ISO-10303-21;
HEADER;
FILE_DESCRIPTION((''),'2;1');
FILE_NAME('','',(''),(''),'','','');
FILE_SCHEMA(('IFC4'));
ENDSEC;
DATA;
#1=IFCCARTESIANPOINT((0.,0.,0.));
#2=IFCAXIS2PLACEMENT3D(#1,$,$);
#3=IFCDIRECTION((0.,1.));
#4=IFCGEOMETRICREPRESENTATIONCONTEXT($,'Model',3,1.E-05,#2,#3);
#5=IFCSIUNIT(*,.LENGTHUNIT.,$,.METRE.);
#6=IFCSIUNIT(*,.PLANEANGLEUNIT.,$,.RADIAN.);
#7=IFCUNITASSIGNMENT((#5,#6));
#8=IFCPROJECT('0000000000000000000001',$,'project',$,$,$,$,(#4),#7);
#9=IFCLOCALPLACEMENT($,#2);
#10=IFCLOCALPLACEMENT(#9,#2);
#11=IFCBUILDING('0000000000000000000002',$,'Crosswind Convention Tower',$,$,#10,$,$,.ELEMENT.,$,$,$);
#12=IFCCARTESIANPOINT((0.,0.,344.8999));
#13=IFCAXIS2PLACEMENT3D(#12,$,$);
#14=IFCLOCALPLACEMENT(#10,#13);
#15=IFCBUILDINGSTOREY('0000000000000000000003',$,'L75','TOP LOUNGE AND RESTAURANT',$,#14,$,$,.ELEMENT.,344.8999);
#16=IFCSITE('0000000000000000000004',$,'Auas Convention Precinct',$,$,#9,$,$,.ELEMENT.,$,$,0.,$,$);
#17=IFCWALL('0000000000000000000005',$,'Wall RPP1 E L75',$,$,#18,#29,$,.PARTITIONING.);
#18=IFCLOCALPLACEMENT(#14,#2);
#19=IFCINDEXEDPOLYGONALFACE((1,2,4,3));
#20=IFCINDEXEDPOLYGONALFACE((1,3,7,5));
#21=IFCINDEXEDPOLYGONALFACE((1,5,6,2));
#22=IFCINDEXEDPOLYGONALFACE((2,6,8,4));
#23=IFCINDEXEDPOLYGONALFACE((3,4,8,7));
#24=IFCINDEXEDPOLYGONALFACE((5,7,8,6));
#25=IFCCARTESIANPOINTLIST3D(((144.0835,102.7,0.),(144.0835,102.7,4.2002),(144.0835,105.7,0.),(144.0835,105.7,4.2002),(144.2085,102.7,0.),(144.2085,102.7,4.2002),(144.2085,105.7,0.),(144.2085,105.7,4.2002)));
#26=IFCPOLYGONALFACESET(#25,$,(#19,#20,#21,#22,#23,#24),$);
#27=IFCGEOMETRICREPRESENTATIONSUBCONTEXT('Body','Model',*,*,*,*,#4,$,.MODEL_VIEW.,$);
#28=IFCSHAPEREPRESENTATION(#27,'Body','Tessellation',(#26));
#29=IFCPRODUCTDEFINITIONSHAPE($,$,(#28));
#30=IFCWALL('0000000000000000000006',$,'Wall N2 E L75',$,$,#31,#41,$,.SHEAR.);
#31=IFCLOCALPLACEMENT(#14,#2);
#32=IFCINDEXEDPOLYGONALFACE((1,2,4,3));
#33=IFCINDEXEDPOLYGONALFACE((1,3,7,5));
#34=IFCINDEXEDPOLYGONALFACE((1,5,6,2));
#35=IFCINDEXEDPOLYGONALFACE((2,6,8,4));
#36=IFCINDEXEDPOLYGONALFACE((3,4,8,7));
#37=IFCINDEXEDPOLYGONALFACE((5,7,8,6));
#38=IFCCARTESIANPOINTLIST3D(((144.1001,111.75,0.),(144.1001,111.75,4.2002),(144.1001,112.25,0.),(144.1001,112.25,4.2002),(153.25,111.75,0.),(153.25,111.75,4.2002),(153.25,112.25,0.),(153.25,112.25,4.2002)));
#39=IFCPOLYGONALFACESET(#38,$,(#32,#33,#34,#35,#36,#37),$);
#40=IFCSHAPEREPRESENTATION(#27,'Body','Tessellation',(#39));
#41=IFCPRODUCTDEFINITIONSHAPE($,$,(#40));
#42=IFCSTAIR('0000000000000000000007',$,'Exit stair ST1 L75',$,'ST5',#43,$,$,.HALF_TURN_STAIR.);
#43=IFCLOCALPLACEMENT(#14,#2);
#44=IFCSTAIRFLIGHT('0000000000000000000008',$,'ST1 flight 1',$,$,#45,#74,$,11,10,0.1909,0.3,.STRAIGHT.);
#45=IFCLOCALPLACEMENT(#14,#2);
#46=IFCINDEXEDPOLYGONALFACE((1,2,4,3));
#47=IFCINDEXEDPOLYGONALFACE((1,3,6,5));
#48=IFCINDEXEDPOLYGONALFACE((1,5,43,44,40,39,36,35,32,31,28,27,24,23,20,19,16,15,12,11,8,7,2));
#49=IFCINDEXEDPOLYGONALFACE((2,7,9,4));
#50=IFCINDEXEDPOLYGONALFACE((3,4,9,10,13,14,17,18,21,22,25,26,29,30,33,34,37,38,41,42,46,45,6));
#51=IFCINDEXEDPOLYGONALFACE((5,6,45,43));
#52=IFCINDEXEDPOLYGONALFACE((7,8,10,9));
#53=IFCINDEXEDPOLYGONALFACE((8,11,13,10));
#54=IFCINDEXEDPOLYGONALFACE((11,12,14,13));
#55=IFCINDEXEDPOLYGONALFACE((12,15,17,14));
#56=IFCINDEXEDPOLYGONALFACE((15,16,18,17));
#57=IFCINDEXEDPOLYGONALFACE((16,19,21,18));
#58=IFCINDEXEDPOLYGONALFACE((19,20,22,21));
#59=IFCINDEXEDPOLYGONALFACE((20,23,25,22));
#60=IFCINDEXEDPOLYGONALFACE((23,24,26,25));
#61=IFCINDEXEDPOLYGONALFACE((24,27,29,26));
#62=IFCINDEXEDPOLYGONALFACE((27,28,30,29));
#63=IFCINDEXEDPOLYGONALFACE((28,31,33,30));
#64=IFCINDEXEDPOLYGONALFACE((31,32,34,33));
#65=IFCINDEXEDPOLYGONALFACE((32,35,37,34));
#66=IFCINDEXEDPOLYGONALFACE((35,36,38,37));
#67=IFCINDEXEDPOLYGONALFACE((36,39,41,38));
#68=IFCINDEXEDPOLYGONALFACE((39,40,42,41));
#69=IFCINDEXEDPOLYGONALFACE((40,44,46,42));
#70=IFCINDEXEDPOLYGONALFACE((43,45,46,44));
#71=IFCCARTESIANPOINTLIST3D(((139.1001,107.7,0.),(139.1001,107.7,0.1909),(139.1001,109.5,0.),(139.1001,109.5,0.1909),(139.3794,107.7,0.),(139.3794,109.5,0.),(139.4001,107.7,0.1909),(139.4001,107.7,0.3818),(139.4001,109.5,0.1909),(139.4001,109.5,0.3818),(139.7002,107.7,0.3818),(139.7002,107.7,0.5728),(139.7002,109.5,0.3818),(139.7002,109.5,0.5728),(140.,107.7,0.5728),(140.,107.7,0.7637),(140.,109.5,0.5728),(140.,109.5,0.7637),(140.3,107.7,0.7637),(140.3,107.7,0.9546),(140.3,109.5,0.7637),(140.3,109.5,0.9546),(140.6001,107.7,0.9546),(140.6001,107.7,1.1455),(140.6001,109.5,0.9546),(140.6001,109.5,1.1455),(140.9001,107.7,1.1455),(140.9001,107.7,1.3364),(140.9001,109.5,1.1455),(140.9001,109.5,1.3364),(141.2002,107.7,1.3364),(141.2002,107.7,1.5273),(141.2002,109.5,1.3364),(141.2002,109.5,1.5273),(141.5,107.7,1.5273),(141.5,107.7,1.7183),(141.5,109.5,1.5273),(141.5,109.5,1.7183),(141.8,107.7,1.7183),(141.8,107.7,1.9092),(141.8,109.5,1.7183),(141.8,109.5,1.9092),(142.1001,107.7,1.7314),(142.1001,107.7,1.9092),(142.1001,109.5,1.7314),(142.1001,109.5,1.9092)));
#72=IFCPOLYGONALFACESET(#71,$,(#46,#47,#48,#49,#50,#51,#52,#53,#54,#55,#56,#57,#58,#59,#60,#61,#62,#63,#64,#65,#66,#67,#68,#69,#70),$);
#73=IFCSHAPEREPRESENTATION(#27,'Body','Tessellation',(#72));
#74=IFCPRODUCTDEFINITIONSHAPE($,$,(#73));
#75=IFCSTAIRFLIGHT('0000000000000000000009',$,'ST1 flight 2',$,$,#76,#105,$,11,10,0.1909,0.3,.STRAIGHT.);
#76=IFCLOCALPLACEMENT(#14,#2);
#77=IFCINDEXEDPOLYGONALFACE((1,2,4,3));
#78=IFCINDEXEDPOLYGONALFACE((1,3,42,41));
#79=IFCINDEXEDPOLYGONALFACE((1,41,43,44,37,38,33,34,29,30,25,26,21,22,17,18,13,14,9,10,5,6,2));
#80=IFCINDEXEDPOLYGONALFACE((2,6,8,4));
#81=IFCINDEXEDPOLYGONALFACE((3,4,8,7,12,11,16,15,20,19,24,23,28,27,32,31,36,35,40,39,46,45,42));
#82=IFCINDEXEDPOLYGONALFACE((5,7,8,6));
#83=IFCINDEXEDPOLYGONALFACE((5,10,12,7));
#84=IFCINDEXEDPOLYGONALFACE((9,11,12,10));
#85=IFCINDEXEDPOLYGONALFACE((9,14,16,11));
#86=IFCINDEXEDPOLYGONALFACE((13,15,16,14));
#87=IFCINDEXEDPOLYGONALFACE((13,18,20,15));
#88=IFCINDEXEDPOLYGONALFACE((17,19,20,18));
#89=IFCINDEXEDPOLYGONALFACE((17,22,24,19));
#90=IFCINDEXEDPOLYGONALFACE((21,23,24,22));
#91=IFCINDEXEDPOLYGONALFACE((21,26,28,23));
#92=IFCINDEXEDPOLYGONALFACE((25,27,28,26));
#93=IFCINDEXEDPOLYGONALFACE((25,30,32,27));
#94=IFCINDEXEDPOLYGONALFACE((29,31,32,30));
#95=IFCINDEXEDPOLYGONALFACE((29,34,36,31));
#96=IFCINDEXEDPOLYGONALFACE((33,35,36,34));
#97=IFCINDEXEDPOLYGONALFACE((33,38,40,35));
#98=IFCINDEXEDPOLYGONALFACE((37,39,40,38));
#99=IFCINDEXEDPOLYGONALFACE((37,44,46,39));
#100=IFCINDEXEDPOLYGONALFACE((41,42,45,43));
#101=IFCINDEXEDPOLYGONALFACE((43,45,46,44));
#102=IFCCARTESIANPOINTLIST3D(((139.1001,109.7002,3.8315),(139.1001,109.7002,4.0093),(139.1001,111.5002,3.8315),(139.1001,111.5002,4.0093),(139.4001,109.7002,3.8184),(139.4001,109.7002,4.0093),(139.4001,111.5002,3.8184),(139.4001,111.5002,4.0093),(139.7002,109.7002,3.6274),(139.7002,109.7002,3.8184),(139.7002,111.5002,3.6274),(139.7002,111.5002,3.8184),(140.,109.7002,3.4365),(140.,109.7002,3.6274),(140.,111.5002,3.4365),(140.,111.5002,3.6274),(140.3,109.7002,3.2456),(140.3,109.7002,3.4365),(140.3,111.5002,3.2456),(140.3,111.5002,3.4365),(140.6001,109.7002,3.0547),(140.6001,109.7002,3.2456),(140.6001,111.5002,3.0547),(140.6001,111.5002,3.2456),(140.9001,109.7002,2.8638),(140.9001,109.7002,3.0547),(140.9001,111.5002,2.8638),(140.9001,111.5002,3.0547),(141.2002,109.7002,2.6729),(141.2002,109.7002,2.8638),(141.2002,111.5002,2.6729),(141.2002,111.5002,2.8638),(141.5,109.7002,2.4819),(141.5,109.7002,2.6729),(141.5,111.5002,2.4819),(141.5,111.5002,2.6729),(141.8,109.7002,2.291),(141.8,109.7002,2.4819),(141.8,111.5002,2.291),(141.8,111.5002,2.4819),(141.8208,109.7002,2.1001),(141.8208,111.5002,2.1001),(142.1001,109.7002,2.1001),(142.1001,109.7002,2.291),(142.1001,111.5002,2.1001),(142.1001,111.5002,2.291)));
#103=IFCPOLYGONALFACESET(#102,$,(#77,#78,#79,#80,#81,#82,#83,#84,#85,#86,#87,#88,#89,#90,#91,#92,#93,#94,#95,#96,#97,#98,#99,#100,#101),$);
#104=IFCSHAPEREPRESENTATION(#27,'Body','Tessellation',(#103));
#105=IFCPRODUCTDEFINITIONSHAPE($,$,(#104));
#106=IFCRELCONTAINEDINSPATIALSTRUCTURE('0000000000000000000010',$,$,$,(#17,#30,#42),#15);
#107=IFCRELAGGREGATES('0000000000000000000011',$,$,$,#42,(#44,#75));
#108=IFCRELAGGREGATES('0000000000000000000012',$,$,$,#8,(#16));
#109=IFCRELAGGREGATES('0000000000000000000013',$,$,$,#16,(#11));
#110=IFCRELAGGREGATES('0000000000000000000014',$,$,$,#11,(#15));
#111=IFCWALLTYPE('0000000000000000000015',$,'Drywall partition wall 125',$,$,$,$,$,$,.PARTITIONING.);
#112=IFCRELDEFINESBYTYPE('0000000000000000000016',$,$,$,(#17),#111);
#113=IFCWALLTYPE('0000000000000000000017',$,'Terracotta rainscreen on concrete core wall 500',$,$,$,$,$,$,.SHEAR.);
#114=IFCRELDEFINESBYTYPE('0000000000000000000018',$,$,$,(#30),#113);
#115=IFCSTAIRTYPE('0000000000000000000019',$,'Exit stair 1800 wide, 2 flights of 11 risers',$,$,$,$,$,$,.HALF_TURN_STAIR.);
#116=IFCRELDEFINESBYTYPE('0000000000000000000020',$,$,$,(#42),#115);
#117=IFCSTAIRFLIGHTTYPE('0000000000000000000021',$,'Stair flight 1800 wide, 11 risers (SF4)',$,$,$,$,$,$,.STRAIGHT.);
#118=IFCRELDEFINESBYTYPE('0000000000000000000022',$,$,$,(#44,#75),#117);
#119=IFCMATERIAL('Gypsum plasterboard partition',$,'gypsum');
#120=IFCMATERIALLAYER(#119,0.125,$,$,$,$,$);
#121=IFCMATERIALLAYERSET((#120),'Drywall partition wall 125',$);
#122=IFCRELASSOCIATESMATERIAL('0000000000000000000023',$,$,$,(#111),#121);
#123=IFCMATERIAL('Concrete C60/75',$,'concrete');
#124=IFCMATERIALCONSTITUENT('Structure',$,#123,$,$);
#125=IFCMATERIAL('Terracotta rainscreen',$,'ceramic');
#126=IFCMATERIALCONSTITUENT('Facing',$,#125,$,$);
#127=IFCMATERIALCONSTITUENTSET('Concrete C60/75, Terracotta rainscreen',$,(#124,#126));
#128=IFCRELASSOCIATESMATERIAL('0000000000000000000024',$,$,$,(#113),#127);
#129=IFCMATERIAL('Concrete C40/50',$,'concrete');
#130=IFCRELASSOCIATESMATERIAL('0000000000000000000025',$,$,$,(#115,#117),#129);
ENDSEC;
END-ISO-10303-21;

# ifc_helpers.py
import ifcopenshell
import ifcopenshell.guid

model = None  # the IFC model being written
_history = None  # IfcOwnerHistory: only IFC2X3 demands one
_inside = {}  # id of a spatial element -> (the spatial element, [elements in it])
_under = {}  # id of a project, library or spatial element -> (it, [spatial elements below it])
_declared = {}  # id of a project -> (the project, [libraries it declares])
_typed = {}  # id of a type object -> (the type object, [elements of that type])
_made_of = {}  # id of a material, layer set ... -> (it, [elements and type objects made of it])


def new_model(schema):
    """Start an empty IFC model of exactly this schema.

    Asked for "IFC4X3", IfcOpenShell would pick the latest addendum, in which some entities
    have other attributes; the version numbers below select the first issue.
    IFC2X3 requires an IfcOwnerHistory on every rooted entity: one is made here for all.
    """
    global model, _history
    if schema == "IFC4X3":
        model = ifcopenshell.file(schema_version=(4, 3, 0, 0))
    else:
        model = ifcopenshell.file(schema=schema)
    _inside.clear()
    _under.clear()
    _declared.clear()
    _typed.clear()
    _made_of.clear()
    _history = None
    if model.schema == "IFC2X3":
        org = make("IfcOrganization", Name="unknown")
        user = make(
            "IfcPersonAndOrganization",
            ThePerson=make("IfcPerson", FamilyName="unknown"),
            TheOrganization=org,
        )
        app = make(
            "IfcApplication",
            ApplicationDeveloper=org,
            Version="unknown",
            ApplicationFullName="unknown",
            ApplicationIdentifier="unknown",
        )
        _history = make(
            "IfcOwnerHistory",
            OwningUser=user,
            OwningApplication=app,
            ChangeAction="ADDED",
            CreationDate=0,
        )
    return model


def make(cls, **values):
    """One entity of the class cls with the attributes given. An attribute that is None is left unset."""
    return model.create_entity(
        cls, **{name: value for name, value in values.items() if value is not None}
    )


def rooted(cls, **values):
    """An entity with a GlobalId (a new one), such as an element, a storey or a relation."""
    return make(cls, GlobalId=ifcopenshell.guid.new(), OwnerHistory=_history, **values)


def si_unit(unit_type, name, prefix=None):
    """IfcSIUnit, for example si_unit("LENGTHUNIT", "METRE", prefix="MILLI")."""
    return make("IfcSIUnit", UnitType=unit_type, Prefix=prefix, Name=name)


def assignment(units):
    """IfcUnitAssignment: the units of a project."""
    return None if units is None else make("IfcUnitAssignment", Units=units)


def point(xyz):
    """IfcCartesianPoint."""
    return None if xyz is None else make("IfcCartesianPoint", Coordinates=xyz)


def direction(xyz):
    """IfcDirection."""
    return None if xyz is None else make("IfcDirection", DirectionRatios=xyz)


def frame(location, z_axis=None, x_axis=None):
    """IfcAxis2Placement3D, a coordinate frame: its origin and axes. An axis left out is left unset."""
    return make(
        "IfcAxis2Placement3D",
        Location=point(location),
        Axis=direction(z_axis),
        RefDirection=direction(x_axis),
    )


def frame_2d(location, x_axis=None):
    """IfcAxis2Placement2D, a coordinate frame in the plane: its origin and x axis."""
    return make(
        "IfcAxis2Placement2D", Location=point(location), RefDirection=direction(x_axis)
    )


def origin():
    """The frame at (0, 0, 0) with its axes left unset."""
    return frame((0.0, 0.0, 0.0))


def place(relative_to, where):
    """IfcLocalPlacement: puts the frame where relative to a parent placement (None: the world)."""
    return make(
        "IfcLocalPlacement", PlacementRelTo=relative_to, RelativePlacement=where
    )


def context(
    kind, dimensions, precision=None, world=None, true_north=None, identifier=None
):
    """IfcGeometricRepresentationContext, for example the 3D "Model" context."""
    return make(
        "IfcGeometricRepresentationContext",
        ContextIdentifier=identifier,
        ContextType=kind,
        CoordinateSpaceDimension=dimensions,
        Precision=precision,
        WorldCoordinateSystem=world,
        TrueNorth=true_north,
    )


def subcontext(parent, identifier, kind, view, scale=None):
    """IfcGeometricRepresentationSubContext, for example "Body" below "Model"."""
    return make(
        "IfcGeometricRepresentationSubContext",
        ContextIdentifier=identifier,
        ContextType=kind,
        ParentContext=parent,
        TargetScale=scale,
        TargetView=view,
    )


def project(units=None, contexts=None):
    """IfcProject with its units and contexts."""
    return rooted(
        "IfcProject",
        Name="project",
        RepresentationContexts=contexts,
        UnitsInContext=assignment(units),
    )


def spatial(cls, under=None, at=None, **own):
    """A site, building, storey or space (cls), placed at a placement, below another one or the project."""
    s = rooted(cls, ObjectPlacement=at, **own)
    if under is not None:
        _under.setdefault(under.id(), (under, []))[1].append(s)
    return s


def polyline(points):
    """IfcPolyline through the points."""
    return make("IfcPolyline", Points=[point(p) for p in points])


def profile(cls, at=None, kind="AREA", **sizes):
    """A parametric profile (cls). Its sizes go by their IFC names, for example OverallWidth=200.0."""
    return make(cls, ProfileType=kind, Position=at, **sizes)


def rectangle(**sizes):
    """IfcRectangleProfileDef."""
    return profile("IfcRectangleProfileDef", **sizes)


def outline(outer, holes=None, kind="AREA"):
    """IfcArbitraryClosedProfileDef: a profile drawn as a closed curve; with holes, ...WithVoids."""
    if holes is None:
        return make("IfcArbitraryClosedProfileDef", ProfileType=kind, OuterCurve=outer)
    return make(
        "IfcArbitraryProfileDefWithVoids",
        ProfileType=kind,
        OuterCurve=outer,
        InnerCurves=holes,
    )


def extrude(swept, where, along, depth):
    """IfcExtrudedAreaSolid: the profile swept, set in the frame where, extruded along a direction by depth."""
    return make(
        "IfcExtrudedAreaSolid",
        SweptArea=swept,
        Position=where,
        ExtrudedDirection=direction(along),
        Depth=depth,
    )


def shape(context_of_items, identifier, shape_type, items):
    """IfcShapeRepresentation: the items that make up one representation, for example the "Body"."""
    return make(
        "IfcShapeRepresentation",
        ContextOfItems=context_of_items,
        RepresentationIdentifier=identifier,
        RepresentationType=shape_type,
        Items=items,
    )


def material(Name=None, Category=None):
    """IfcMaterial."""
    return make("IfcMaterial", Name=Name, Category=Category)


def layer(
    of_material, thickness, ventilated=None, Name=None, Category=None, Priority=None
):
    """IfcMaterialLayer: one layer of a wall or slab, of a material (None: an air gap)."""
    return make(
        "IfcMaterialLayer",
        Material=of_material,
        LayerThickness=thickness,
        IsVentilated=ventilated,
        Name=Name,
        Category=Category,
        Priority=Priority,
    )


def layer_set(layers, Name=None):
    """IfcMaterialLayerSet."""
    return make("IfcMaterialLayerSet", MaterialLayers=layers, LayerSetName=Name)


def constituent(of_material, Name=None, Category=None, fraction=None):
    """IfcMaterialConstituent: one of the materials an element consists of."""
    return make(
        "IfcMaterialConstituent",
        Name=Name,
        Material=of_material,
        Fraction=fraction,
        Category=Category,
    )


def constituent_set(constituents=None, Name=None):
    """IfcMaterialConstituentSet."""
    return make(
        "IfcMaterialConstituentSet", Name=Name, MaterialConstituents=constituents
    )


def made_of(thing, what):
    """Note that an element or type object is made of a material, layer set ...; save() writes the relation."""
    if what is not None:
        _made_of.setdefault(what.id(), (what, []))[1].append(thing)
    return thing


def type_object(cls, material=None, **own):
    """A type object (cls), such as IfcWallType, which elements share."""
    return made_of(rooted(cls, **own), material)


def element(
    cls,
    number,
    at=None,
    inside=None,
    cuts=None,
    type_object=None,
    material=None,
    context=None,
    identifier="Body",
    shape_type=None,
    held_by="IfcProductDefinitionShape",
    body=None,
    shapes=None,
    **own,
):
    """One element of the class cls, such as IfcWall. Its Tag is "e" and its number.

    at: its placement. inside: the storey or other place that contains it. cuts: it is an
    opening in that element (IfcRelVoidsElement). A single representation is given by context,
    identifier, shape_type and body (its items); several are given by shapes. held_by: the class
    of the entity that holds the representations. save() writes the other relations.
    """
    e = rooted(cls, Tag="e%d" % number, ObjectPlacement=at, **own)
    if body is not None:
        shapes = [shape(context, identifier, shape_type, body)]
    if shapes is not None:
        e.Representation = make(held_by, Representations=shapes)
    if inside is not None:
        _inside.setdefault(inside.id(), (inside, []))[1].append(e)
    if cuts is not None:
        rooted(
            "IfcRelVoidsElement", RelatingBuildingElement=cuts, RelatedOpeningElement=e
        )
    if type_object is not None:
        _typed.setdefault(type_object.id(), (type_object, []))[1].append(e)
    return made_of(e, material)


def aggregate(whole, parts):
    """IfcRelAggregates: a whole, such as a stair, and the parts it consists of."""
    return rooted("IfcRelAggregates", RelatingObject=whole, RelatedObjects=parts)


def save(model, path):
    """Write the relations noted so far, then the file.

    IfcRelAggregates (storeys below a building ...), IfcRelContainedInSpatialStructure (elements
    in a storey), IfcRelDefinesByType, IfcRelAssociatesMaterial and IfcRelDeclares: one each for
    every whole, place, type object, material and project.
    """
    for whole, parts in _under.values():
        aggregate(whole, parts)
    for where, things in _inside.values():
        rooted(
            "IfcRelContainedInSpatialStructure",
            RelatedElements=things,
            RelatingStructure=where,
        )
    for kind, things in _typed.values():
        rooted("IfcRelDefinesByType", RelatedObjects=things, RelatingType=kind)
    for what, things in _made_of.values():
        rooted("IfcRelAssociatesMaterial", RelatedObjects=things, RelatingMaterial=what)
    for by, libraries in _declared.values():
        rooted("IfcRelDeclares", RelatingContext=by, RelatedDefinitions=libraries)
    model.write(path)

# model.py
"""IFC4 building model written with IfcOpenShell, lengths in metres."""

from ifc_helpers import new_model, si_unit, direction, frame, frame_2d, origin, place, context, subcontext, project, spatial, polyline, rectangle, outline, extrude, material, layer, layer_set, constituent, constituent_set, type_object, element, aggregate, save


model = new_model("IFC4")

# Units and contexts
model_context = context("Model", 3, precision=1e-05, world=origin(), true_north=direction((0.0, 1.0)))
body_context = subcontext(model_context, "Body", "Model", "MODEL_VIEW")
ifc_project = project(units=[si_unit("LENGTHUNIT", "METRE"), si_unit("PLANEANGLEUNIT", "RADIAN")], contexts=[model_context])

# Site, building, storey
site_placement = place(None, origin())
site = spatial("IfcSite", under=ifc_project, at=site_placement, Name="Auas Convention Precinct", CompositionType="ELEMENT", RefElevation=0.0)
building_placement = place(site_placement, origin())
building = spatial("IfcBuilding", under=site, at=building_placement, Name="Crosswind Convention Tower", CompositionType="ELEMENT")
storey_placement = place(building_placement, frame((0.0, 0.0, 344.8999)))
storey = spatial("IfcBuildingStorey", under=building, at=storey_placement, Name="L75", Description="TOP LOUNGE AND RESTAURANT", CompositionType="ELEMENT", Elevation=344.8999)

# Wall
ifc_material_1 = material(Name="Gypsum plasterboard partition", Category="gypsum")
ifc_layer_1 = layer(ifc_material_1, 0.125)
ifc_layer_set_1 = layer_set([ifc_layer_1], Name="Drywall partition wall 125")
wall_type_1 = type_object("IfcWallType", Name="Drywall partition wall 125", PredefinedType="PARTITIONING", material=ifc_layer_set_1)
wall_1_placement = place(storey_placement, frame((144.146, 102.7, 0.0), z_axis=(0.0, 0.0, 1.0), x_axis=(0.0, 1.0, 0.0)))
element("IfcWall", 1, at=wall_1_placement, inside=storey, type_object=wall_type_1, Name="Wall RPP1 E L75", PredefinedType="PARTITIONING", context=body_context, shape_type="SweptSolid", body=[
    extrude(rectangle(XDim=3.0, YDim=0.125, at=frame_2d((1.5, 0.0))), origin(), (0.0, 0.0, 1.0), 4.2002),
])

# Shared definitions
ifc_material_2 = material(Name="Terracotta rainscreen", Category="ceramic")

# Wall
ifc_material_3 = material(Name="Concrete C60/75", Category="concrete")
ifc_constituent_1 = constituent(ifc_material_3, Name="Structure")
ifc_constituent_2 = constituent(ifc_material_2, Name="Facing")
ifc_constituent_set = constituent_set(constituents=[ifc_constituent_1, ifc_constituent_2], Name="Concrete C60/75, Terracotta rainscreen")
wall_type_2 = type_object("IfcWallType", Name="Terracotta rainscreen on concrete core wall 500", PredefinedType="SHEAR", material=ifc_constituent_set)
wall_2_placement = place(storey_placement, frame((144.1001, 112.0, 0.0), z_axis=(0.0, 0.0, 1.0), x_axis=(1.0, 0.0, 0.0)))
element("IfcWall", 2, at=wall_2_placement, inside=storey, type_object=wall_type_2, Name="Wall N2 E L75", PredefinedType="SHEAR", context=body_context, shape_type="SweptSolid", body=[
    extrude(rectangle(XDim=9.1499, YDim=0.5, at=frame_2d((4.575, 0.0))), origin(), (0.0, 0.0, 1.0), 4.2002),
])

# Stair, stair flights
ifc_material_4 = material(Name="Concrete C40/50", Category="concrete")
stair_type = type_object("IfcStairType", Name="Exit stair 1800 wide, 2 flights of 11 risers", PredefinedType="HALF_TURN_STAIR", material=ifc_material_4)
stair_placement = place(storey_placement, origin())
stair = element("IfcStair", 3, at=stair_placement, inside=storey, type_object=stair_type, Name="Exit stair ST1 L75", ObjectType="ST5", PredefinedType="HALF_TURN_STAIR")
stair_flight_type = type_object("IfcStairFlightType", Name="Stair flight 1800 wide, 11 risers (SF4)", PredefinedType="STRAIGHT", material=ifc_material_4)
stair_flight_1_placement = place(storey_placement, frame((139.1001, 108.6001, 0.0), z_axis=(0.0, 0.0, 1.0), x_axis=(1.0, 0.0, 0.0)))
stair_flight_1 = element("IfcStairFlight", 4, at=stair_flight_1_placement, type_object=stair_flight_type, Name="ST1 flight 1", NumberOfRisers=11, NumberOfTreads=10, PredefinedType="STRAIGHT", RiserHeight=0.1909, TreadLength=0.3, context=body_context, shape_type="SweptSolid", body=[
    extrude(outline(polyline([(0.0, 0.0), (0.0, 0.1909), (0.3, 0.1909), (0.3, 0.3818), (0.6001, 0.3818), (0.6001, 0.5728), (0.8999, 0.5728), (0.8999, 0.7637), (1.2, 0.7637), (1.2, 0.9546), (1.5, 0.9546), (1.5, 1.1455), (1.8, 1.1455), (1.8, 1.3364), (2.1001, 1.3364), (2.1001, 1.5273), (2.3999, 1.5273), (2.3999, 1.7183), (2.7, 1.7183), (2.7, 1.9092), (3.0, 1.9092), (3.0, 2.1001), (3.0, 1.7314), (0.2793, 0.0), (0.0, 0.0)])), frame((0.0, 0.8999, 0.0), z_axis=(0.0, -1.0, 0.0), x_axis=(1.0, 0.0, 0.0)), (0.0, 0.0, 1.0), 1.8),
])
stair_flight_2_placement = place(storey_placement, frame((142.1001, 110.6001, 2.1001), z_axis=(0.0, 0.0, 1.0), x_axis=(-1.0, 0.0, 0.0)))
stair_flight_2 = element("IfcStairFlight", 5, at=stair_flight_2_placement, type_object=stair_flight_type, Name="ST1 flight 2", NumberOfRisers=11, NumberOfTreads=10, PredefinedType="STRAIGHT", RiserHeight=0.1909, TreadLength=0.3, context=body_context, shape_type="SweptSolid", body=[
    extrude(outline(polyline([(0.0, 0.0), (0.0, 0.1909), (0.3, 0.1909), (0.3, 0.3818), (0.6001, 0.3818), (0.6001, 0.5728), (0.8999, 0.5728), (0.8999, 0.7637), (1.2, 0.7637), (1.2, 0.9546), (1.5, 0.9546), (1.5, 1.1455), (1.8, 1.1455), (1.8, 1.3364), (2.1001, 1.3364), (2.1001, 1.5273), (2.3999, 1.5273), (2.3999, 1.7183), (2.7, 1.7183), (2.7, 1.9092), (3.0, 1.9092), (3.0, 2.1001), (3.0, 1.7314), (0.2793, 0.0), (0.0, 0.0)])), frame((0.0, 0.8999, 0.0), z_axis=(0.0, -1.0, 0.0), x_axis=(1.0, 0.0, 0.0)), (0.0, 0.0, 1.0), 1.8),
])
aggregate(stair, [stair_flight_1, stair_flight_2])

save(model, "model.ifc")
